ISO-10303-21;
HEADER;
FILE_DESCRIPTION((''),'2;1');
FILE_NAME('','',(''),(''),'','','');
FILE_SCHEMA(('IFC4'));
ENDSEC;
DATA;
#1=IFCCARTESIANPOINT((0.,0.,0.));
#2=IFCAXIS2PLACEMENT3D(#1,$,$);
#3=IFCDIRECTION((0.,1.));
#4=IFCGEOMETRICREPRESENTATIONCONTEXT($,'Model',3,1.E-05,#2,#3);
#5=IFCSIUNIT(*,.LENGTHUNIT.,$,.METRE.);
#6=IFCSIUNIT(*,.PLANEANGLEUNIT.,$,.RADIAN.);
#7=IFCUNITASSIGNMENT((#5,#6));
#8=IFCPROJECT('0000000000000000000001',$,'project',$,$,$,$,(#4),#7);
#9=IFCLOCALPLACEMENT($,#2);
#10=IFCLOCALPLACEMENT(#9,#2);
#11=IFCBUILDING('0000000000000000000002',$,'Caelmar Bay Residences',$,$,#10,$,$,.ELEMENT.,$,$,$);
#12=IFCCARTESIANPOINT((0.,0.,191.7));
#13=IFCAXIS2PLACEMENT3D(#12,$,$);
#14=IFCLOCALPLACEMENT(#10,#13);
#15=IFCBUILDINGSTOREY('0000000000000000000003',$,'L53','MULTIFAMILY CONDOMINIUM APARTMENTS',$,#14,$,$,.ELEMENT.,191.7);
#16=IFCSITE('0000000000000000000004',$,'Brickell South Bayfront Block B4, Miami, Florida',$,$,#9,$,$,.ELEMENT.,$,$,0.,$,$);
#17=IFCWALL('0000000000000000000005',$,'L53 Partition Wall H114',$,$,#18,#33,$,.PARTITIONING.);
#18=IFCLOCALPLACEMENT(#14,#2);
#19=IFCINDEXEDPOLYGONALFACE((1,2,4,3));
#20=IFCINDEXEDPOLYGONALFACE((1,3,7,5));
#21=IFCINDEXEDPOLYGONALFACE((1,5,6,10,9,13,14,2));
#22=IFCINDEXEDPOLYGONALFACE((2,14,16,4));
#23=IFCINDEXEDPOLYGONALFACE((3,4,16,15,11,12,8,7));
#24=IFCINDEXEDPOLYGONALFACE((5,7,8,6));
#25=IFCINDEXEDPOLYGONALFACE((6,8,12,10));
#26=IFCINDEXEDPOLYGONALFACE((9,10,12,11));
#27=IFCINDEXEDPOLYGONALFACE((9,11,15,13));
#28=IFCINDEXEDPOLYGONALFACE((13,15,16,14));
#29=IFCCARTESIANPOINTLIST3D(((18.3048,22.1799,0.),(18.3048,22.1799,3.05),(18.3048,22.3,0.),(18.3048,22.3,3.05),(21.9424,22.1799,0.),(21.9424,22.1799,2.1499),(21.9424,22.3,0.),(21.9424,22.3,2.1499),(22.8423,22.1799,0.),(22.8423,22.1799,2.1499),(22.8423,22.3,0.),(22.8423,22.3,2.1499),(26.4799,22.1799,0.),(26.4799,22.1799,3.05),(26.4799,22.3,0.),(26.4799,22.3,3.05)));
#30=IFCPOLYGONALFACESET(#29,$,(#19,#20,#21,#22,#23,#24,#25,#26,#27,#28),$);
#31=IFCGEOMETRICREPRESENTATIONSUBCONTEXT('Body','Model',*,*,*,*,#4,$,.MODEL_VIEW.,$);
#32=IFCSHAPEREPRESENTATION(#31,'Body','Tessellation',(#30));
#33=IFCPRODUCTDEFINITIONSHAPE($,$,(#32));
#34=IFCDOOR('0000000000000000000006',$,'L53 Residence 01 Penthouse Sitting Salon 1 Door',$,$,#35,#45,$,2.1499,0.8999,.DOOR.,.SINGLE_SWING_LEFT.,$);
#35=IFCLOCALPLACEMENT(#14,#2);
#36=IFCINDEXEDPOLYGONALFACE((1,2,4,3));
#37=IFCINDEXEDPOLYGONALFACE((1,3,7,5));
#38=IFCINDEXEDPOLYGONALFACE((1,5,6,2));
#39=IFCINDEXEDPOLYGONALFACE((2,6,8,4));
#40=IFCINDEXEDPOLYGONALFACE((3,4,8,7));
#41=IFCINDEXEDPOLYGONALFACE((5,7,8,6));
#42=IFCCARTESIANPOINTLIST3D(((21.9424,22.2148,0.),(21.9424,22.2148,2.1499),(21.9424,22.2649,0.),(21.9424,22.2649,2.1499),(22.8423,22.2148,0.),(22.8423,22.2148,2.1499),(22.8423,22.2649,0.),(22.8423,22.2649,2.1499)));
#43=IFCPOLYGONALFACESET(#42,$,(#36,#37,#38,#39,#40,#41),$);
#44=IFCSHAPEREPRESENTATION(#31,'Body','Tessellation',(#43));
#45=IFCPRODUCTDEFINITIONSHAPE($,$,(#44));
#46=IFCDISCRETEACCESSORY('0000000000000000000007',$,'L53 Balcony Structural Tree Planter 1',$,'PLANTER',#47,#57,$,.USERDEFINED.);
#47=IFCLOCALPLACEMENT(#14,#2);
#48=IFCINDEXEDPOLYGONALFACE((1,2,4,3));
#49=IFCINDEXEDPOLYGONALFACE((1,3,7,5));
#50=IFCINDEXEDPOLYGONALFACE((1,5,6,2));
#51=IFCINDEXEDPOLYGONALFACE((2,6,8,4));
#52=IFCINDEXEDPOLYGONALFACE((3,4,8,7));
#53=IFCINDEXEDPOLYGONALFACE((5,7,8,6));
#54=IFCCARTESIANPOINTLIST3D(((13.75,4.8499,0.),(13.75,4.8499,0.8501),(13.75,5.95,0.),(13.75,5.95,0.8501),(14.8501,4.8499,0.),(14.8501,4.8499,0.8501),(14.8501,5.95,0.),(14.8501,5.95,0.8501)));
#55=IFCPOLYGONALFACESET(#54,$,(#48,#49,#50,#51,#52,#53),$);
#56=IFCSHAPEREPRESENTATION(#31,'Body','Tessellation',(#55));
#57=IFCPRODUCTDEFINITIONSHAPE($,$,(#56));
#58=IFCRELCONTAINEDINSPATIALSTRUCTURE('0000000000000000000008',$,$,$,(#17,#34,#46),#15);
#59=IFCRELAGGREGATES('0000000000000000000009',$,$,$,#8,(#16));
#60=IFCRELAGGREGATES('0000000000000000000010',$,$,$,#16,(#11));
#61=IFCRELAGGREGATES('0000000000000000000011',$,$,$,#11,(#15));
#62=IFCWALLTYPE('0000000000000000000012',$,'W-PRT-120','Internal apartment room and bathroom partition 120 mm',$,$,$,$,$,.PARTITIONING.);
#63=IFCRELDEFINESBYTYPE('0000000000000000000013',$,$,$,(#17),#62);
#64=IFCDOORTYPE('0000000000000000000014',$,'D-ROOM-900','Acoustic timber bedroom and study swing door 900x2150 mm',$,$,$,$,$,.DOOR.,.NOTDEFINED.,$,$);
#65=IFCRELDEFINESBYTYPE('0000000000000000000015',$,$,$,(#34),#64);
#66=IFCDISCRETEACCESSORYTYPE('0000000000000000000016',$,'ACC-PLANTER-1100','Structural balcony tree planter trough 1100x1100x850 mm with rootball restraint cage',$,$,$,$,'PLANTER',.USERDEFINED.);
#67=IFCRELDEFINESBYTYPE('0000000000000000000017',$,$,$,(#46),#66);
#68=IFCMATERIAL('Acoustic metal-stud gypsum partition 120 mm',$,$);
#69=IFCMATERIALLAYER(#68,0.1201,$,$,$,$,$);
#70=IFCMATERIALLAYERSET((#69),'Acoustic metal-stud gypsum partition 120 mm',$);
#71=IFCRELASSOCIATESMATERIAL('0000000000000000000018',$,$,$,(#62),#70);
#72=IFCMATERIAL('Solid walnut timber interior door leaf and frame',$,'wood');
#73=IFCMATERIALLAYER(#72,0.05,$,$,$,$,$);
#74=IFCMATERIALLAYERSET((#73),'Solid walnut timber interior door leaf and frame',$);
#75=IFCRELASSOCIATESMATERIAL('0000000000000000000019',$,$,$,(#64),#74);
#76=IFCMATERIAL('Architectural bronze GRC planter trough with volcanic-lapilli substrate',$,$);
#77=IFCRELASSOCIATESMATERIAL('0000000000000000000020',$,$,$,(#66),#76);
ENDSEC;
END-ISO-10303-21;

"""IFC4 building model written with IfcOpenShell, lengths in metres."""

from ifc_helpers import new_model, si_unit, direction, frame, frame_2d, origin, origin_2d, place, context, subcontext, project, spatial, rectangle, extrude, material, layer, layer_set, type_object, element, fill, save


model = new_model("IFC4")

# Units and contexts
model_context = context("Model", 3, precision=1e-05, world=origin(), true_north=direction((0.0, 1.0)))
body_context = subcontext(model_context, "Body", "Model", "MODEL_VIEW")
ifc_project = project(units=[si_unit("LENGTHUNIT", "METRE"), si_unit("PLANEANGLEUNIT", "RADIAN")], contexts=[model_context])

# Site, building, storey
site_placement = place(None, origin())
site = spatial("IfcSite", under=ifc_project, at=site_placement, Name="Brickell South Bayfront Block B4, Miami, Florida", CompositionType="ELEMENT", RefElevation=0.0)
building_placement = place(site_placement, origin())
building = spatial("IfcBuilding", under=site, at=building_placement, Name="Caelmar Bay Residences", CompositionType="ELEMENT")
storey_placement = place(building_placement, frame((0.0, 0.0, 191.7)))
storey = spatial("IfcBuildingStorey", under=building, at=storey_placement, Name="L53", Description="MULTIFAMILY CONDOMINIUM APARTMENTS", CompositionType="ELEMENT", Elevation=191.7)

# Shared definitions
ifc_material_1 = material(Name="Acoustic metal-stud gypsum partition 120 mm")
ifc_layer_1 = layer(ifc_material_1, 0.1201)
ifc_layer_set_1 = layer_set([ifc_layer_1], Name="Acoustic metal-stud gypsum partition 120 mm")
wall_type = type_object("IfcWallType", Name="W-PRT-120", Description="Internal apartment room and bathroom partition 120 mm", PredefinedType="PARTITIONING", material=ifc_layer_set_1)

# Shared definitions
ifc_material_2 = material(Name="Solid walnut timber interior door leaf and frame", Category="wood")
ifc_layer_2 = layer(ifc_material_2, 0.05)
ifc_layer_set_2 = layer_set([ifc_layer_2], Name="Solid walnut timber interior door leaf and frame")
door_type = type_object("IfcDoorType", Name="D-ROOM-900", Description="Acoustic timber bedroom and study swing door 900x2150 mm", OperationType="NOTDEFINED", PredefinedType="DOOR", material=ifc_layer_set_2)

# Wall, opening, door
wall_1_placement = place(storey_placement, frame((18.3049, 22.24, 0.0), z_axis=(0.0, 0.0, 1.0), x_axis=(1.0, 0.0, 0.0)))
wall_1 = element("IfcWall", 1, at=wall_1_placement, inside=storey, type_object=wall_type, Name="L53 Partition Wall H114", PredefinedType="PARTITIONING", context=body_context, shape_type="SweptSolid", body=[
    extrude(rectangle(XDim=8.175, YDim=0.1201, at=frame_2d((4.0874, 0.0))), origin(), (0.0, 0.0, 1.0), 3.05),
])
opening_1_placement = place(wall_1_placement, frame((3.6375, 0.0, 0.0)))
opening_1 = element("IfcOpeningElement", 2, at=opening_1_placement, cuts=wall_1, PredefinedType="OPENING", context=body_context, shape_type="SweptSolid", body=[
    extrude(rectangle(XDim=0.8999, YDim=2.1499, at=frame_2d((0.45, 1.075))), frame((0.0, 0.0701, 0.0), z_axis=(0.0, -1.0, 0.0), x_axis=(1.0, 0.0, 0.0)), (0.0, 0.0, 1.0), 0.1401),
])
door_1_placement = place(opening_1_placement, origin())
door_1 = element("IfcDoor", 3, at=door_1_placement, inside=storey, type_object=door_type, Name="L53 Residence 01 Penthouse Sitting Salon 1 Door", OperationType="SINGLE_SWING_LEFT", OverallHeight=2.1499, OverallWidth=0.8999, PredefinedType="DOOR", context=body_context, shape_type="SweptSolid", body=[
    extrude(rectangle(XDim=0.8999, YDim=2.1499, at=frame_2d((0.45, 1.075))), frame((0.0, 0.0249, 0.0), z_axis=(0.0, -1.0, 0.0), x_axis=(1.0, 0.0, 0.0)), (0.0, 0.0, 1.0), 0.05),
])
fill(opening_1, door_1)

# Discrete accessory
ifc_material_3 = material(Name="Architectural bronze GRC planter trough with volcanic-lapilli substrate")
discrete_accessory_type = type_object("IfcDiscreteAccessoryType", Name="ACC-PLANTER-1100", Description="Structural balcony tree planter trough 1100x1100x850 mm with rootball restraint cage", ElementType="PLANTER", PredefinedType="USERDEFINED", material=ifc_material_3)
discrete_accessory_placement = place(storey_placement, frame((14.3, 5.3999, 0.0), z_axis=(0.0, 0.0, 1.0), x_axis=(1.0, 0.0, 0.0)))
element("IfcDiscreteAccessory", 4, at=discrete_accessory_placement, inside=storey, type_object=discrete_accessory_type, Name="L53 Balcony Structural Tree Planter 1", ObjectType="PLANTER", PredefinedType="USERDEFINED", context=body_context, shape_type="SweptSolid", body=[
    extrude(rectangle(XDim=1.1001, YDim=1.1001, at=origin_2d()), origin(), (0.0, 0.0, 1.0), 0.8501),
])

save(model, "model.ifc")
